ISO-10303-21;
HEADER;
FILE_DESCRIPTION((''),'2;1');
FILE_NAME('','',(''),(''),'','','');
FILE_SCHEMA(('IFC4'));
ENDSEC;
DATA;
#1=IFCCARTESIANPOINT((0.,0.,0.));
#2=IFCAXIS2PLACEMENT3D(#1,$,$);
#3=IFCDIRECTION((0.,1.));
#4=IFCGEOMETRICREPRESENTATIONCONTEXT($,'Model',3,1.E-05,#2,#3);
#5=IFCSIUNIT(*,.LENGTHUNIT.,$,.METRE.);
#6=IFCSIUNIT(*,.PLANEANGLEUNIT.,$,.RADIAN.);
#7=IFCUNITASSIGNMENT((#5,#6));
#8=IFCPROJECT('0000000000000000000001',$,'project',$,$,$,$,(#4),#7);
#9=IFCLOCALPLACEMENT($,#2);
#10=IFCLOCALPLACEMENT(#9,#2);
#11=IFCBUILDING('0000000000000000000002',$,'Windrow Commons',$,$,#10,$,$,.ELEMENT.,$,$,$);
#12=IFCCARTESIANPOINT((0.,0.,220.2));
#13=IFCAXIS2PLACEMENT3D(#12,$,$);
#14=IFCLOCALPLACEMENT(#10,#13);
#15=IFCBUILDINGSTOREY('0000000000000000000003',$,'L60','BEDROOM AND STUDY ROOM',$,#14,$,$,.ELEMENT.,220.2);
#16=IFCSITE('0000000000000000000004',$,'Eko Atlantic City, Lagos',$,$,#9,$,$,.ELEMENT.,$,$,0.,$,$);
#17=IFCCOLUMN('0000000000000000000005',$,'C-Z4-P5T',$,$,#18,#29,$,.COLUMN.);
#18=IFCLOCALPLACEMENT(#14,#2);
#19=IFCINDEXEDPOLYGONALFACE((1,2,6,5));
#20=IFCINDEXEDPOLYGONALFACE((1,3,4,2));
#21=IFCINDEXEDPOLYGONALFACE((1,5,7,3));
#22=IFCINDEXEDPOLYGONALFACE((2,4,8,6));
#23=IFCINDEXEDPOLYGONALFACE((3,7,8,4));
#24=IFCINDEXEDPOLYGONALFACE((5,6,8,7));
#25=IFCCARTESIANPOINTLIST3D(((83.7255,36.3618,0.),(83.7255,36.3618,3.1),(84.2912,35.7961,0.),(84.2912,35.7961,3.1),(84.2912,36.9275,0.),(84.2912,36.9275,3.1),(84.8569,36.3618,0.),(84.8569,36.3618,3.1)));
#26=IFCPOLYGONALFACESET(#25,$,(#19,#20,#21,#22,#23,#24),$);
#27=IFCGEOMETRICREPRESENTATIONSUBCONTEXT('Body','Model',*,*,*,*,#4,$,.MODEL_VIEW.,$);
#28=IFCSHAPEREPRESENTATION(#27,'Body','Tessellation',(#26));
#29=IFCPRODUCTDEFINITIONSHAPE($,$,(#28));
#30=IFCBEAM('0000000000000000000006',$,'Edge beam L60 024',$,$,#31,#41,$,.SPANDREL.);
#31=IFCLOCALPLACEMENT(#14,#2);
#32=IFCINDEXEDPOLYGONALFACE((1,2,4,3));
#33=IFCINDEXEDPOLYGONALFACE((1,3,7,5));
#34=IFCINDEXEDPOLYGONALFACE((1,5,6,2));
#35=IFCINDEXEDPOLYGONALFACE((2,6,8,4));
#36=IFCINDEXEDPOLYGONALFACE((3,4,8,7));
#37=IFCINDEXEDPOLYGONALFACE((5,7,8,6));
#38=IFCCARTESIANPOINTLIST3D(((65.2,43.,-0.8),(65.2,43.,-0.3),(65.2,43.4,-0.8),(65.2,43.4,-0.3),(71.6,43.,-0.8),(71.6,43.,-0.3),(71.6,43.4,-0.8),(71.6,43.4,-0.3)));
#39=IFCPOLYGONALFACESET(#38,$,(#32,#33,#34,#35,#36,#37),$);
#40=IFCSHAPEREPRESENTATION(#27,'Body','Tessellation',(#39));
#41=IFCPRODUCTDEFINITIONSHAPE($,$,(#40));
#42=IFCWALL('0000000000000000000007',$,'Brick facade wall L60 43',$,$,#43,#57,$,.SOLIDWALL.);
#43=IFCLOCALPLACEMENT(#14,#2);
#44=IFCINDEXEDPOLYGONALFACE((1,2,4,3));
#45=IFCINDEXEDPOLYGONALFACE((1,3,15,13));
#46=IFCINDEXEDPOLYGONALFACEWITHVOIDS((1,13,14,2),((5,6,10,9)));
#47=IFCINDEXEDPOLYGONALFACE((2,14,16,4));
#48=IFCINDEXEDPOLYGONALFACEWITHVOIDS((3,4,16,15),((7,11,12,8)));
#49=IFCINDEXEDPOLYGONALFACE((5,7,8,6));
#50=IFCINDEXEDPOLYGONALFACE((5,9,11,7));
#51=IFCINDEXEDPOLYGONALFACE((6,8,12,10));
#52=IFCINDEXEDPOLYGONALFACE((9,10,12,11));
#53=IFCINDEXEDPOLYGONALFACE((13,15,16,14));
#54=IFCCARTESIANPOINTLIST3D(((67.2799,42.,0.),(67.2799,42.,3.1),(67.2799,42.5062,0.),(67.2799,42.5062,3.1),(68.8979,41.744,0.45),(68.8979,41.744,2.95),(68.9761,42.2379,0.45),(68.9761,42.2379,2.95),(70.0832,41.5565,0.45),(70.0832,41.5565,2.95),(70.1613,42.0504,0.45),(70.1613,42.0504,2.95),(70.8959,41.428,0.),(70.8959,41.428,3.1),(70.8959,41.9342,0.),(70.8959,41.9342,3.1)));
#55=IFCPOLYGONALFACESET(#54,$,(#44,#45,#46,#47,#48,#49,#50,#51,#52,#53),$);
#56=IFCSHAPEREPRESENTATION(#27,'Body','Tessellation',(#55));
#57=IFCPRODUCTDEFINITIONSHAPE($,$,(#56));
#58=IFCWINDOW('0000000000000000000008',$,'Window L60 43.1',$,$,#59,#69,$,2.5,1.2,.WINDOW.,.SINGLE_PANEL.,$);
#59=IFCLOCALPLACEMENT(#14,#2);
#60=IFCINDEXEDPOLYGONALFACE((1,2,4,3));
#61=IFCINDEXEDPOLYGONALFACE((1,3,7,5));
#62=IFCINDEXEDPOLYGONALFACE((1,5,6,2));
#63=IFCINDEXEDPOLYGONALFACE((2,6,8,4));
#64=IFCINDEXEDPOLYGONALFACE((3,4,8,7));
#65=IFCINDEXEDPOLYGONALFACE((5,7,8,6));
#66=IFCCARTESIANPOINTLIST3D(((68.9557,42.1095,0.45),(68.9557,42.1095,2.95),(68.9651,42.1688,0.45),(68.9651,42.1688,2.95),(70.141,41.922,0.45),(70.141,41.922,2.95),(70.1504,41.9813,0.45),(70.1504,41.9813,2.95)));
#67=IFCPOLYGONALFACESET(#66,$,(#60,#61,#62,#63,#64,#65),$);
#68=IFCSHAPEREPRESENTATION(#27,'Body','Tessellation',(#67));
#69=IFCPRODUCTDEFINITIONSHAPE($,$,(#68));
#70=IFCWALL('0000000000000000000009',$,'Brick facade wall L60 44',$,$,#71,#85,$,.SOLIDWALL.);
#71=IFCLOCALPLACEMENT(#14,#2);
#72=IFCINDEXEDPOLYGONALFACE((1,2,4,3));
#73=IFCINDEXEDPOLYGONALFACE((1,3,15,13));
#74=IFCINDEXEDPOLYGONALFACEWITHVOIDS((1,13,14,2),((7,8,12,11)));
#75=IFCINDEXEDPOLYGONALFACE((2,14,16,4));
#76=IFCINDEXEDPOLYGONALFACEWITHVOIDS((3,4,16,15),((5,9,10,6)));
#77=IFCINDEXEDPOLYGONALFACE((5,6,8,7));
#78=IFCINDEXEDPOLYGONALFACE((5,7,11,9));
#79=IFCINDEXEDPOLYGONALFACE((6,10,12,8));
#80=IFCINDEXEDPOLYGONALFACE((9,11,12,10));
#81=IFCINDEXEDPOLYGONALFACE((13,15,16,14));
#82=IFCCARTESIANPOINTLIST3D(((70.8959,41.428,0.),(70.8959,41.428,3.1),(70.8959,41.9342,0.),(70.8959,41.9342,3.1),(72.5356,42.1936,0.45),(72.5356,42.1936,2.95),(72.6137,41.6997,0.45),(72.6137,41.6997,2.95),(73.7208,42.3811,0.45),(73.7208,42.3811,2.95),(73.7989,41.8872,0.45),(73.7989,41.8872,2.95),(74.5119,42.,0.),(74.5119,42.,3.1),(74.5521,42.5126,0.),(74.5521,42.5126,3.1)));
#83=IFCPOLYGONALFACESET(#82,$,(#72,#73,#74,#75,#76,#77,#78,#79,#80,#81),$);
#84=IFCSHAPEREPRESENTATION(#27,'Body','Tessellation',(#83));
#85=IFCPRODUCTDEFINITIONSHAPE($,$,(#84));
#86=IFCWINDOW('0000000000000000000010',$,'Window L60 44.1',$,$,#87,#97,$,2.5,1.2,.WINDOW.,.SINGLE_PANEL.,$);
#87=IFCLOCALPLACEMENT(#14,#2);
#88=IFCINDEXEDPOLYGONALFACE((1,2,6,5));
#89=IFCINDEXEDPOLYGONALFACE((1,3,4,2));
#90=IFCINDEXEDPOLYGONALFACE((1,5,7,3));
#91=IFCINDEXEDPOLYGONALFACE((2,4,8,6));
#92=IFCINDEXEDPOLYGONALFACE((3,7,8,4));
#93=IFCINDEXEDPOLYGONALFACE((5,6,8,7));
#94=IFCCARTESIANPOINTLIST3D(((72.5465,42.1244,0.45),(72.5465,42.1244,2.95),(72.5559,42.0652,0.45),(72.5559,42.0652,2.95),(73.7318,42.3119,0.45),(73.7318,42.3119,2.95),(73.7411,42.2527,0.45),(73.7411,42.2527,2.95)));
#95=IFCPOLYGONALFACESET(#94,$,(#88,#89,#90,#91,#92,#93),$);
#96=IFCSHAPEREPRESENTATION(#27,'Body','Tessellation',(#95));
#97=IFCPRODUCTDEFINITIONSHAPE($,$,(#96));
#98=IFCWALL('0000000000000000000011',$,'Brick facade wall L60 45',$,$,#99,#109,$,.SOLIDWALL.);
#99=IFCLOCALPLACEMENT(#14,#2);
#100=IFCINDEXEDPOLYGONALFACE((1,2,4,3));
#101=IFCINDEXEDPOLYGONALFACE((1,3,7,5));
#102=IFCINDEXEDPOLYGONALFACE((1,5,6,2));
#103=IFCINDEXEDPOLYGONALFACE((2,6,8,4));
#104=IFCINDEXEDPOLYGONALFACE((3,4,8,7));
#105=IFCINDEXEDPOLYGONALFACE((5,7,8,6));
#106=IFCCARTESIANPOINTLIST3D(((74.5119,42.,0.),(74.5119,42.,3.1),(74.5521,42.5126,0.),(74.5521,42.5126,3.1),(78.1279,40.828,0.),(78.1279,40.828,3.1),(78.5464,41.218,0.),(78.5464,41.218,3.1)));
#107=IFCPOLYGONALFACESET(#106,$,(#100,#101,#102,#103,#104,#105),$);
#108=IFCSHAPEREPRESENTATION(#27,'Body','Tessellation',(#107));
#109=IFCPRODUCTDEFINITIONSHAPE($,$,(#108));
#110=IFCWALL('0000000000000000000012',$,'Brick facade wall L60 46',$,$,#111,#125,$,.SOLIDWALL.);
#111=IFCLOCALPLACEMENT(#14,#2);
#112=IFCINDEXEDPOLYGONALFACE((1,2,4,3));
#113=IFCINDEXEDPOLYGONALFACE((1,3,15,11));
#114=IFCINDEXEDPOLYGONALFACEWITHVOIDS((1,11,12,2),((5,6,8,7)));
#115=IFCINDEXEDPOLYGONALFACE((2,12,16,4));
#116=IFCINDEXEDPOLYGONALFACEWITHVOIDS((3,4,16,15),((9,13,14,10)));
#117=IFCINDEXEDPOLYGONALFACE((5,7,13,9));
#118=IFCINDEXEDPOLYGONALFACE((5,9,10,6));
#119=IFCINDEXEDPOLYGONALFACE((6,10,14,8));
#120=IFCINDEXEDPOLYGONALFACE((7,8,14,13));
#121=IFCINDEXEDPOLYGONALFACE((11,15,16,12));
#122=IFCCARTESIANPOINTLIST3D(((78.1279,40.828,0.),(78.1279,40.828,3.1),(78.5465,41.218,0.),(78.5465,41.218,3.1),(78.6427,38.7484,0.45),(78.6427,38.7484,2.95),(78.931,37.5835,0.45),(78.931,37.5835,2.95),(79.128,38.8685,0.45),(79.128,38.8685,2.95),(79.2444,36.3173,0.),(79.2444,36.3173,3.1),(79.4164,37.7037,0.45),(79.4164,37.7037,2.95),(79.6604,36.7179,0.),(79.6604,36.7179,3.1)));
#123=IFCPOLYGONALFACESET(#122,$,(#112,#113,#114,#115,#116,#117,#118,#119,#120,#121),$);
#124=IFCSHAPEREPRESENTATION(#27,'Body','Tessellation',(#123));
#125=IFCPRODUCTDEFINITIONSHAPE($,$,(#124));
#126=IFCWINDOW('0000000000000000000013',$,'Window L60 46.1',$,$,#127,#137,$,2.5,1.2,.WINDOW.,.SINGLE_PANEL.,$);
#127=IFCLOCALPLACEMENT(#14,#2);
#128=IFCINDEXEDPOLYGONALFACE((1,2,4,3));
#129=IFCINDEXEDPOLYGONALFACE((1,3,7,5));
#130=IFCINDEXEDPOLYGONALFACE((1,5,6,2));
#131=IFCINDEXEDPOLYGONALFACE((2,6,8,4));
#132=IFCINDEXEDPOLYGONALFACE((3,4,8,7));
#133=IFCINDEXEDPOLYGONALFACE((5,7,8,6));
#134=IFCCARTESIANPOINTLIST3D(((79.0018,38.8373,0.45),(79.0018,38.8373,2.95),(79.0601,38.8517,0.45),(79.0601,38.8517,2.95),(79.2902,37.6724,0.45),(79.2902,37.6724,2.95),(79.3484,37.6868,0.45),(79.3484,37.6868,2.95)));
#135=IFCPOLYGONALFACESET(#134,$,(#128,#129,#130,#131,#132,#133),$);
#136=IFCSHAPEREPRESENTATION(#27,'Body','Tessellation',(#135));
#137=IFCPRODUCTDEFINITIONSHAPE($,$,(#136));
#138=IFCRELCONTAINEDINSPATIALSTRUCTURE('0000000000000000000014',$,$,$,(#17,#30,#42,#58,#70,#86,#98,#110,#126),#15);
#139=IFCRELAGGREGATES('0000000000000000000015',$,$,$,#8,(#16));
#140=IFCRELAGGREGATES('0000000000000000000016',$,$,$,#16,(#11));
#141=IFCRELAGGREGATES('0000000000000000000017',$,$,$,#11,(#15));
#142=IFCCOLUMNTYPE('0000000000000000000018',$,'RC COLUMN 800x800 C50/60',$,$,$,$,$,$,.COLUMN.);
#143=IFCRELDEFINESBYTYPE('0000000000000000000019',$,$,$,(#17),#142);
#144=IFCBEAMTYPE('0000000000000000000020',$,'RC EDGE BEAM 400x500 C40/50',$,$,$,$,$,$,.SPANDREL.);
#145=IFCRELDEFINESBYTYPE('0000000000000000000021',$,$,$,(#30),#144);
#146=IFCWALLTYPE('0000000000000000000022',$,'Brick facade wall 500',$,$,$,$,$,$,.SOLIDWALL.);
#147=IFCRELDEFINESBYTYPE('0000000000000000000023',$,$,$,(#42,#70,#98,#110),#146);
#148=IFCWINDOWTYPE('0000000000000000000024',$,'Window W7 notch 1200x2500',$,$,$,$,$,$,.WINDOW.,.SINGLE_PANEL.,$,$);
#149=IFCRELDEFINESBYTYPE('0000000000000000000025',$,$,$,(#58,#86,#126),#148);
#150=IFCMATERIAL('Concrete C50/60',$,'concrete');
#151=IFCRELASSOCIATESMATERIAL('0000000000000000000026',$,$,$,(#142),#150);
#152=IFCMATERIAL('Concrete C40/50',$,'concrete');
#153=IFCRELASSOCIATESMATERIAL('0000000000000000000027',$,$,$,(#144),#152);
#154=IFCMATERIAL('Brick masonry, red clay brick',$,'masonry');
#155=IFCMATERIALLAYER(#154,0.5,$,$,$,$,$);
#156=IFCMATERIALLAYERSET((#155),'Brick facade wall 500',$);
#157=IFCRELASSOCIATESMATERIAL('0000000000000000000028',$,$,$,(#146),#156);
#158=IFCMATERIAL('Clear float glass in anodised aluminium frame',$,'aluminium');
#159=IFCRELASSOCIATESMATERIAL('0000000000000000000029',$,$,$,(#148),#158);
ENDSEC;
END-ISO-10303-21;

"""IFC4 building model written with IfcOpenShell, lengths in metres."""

from ifc_helpers import new_model, si_unit, direction, frame, frame_2d, origin, origin_2d, place, context, subcontext, project, spatial, polyline, rectangle, outline, extrude, material, layer, layer_set, material_profile, profile_set, type_object, element, fill, save


model = new_model("IFC4")

# Units and contexts
model_context = context("Model", 3, precision=1e-05, world=origin(), true_north=direction((0.0, 1.0)))
body_context = subcontext(model_context, "Body", "Model", "MODEL_VIEW")
ifc_project = project(units=[si_unit("LENGTHUNIT", "METRE"), si_unit("PLANEANGLEUNIT", "RADIAN")], contexts=[model_context])

# Site, building, storey
site_placement = place(None, origin())
site = spatial("IfcSite", under=ifc_project, at=site_placement, Name="Eko Atlantic City, Lagos", CompositionType="ELEMENT", RefElevation=0.0)
building_placement = place(site_placement, origin())
building = spatial("IfcBuilding", under=site, at=building_placement, Name="Windrow Commons", CompositionType="ELEMENT")
storey_placement = place(building_placement, frame((0.0, 0.0, 220.2)))
storey = spatial("IfcBuildingStorey", under=building, at=storey_placement, Name="L60", Description="BEDROOM AND STUDY ROOM", CompositionType="ELEMENT", Elevation=220.2)

# Column
ifc_material_1 = material(Name="Concrete C50/60", Category="concrete")
ifc_material_profile_1 = material_profile(ifc_material_1, rectangle(XDim=0.8, YDim=0.8, at=origin_2d()))
ifc_profile_set_1 = profile_set([ifc_material_profile_1], Name="Concrete C50/60")
column_type = type_object("IfcColumnType", Name="RC COLUMN 800x800 C50/60", PredefinedType="COLUMN", material=ifc_profile_set_1)
column_placement = place(storey_placement, frame((84.2912, 36.3618, 0.0), z_axis=(0.0, 0.0, 1.0), x_axis=(0.707107, -0.707107, 0.0)))
element("IfcColumn", 1, at=column_placement, inside=storey, type_object=column_type, Name="C-Z4-P5T", PredefinedType="COLUMN", context=body_context, shape_type="SweptSolid", body=[
    extrude(rectangle(XDim=0.8, YDim=0.8, at=origin_2d()), origin(), (0.0, 0.0, 1.0), 3.1),
])

# Beam
ifc_material_2 = material(Name="Concrete C40/50", Category="concrete")
ifc_material_profile_2 = material_profile(ifc_material_2, rectangle(XDim=0.4, YDim=0.5, at=origin_2d()))
ifc_profile_set_2 = profile_set([ifc_material_profile_2], Name="Concrete C40/50")
beam_type = type_object("IfcBeamType", Name="RC EDGE BEAM 400x500 C40/50", PredefinedType="SPANDREL", material=ifc_profile_set_2)
beam_placement = place(storey_placement, frame((71.6, 43.2, -0.55), z_axis=(-1.0, 0.0, 0.0), x_axis=(0.0, -1.0, 0.0)))
element("IfcBeam", 2, at=beam_placement, inside=storey, type_object=beam_type, Name="Edge beam L60 024", PredefinedType="SPANDREL", context=body_context, shape_type="SweptSolid", body=[
    extrude(rectangle(XDim=0.4, YDim=0.5, at=origin_2d()), origin(), (0.0, 0.0, 1.0), 6.4),
])

# Walls, openings, windows
ifc_material_3 = material(Name="Brick masonry, red clay brick", Category="masonry")
ifc_layer_1 = layer(ifc_material_3, 0.5)
ifc_layer_set_1 = layer_set([ifc_layer_1], Name="Brick facade wall 500")
wall_type_1 = type_object("IfcWallType", Name="Brick facade wall 500", PredefinedType="SOLIDWALL", material=ifc_layer_set_1)
wall_1_placement = place(storey_placement, frame((67.2799, 42.2531, 0.0), z_axis=(0.0, 0.0, 1.0), x_axis=(0.987719, -0.156243, 0.0)))
wall_1 = element("IfcWall", 3, at=wall_1_placement, inside=storey, type_object=wall_type_1, Name="Brick facade wall L60 43", PredefinedType="SOLIDWALL", context=body_context, shape_type="SweptSolid", body=[
    extrude(outline(polyline([(0.0395, -0.25), (3.7005, -0.25), (3.6214, 0.25), (-0.0395, 0.25), (0.0395, -0.25)])), origin(), (0.0, 0.0, 1.0), 3.1),
])
opening_1_placement = place(wall_1_placement, frame((1.6777, 0.0, 0.45)))
opening_1 = element("IfcOpeningElement", 4, at=opening_1_placement, cuts=wall_1, PredefinedType="OPENING", context=body_context, shape_type="SweptSolid", body=[
    extrude(rectangle(XDim=1.2, YDim=2.5, at=frame_2d((0.6, 1.25))), frame((0.0, 0.26, 0.0), z_axis=(0.0, -1.0, 0.0), x_axis=(1.0, 0.0, 0.0)), (0.0, 0.0, 1.0), 0.52),
])
ifc_material_4 = material(Name="Clear float glass in anodised aluminium frame", Category="aluminium")
window_type_1 = type_object("IfcWindowType", Name="Window W7 notch 1200x2500", PartitioningType="SINGLE_PANEL", PredefinedType="WINDOW", material=ifc_material_4)
window_1_placement = place(opening_1_placement, origin())
window_1 = element("IfcWindow", 5, at=window_1_placement, inside=storey, type_object=window_type_1, Name="Window L60 43.1", OverallHeight=2.5, OverallWidth=1.2, PartitioningType="SINGLE_PANEL", PredefinedType="WINDOW", context=body_context, shape_type="SweptSolid", body=[
    extrude(rectangle(XDim=1.2, YDim=2.5, at=frame_2d((0.6, 1.25))), frame((0.0, 0.18, 0.0), z_axis=(0.0, -1.0, 0.0), x_axis=(1.0, 0.0, 0.0)), (0.0, 0.0, 1.0), 0.06),
])
fill(opening_1, window_1)
wall_2_placement = place(storey_placement, frame((70.8959, 41.6811, 0.0), z_axis=(0.0, 0.0, 1.0), x_axis=(0.987718, 0.156249, 0.0)))
wall_2 = element("IfcWall", 6, at=wall_2_placement, inside=storey, type_object=wall_type_1, Name="Brick facade wall L60 44", PredefinedType="SOLIDWALL", context=body_context, shape_type="SweptSolid", body=[
    extrude(outline(polyline([(-0.0395, -0.25), (3.6214, -0.25), (3.7412, 0.25), (0.0395, 0.25), (-0.0395, -0.25)])), origin(), (0.0, 0.0, 1.0), 3.1),
])
opening_2_placement = place(wall_2_placement, frame((1.6996, 0.0, 0.45)))
opening_2 = element("IfcOpeningElement", 7, at=opening_2_placement, cuts=wall_2, PredefinedType="OPENING", context=body_context, shape_type="SweptSolid", body=[
    extrude(rectangle(XDim=1.2, YDim=2.5, at=frame_2d((0.6, 1.25))), frame((0.0, 0.26, 0.0), z_axis=(0.0, -1.0, 0.0), x_axis=(1.0, 0.0, 0.0)), (0.0, 0.0, 1.0), 0.52),
])
window_2_placement = place(opening_2_placement, origin())
window_2 = element("IfcWindow", 8, at=window_2_placement, inside=storey, type_object=window_type_1, Name="Window L60 44.1", OverallHeight=2.5, OverallWidth=1.2, PartitioningType="SINGLE_PANEL", PredefinedType="WINDOW", context=body_context, shape_type="SweptSolid", body=[
    extrude(rectangle(XDim=1.2, YDim=2.5, at=frame_2d((0.6, 1.25))), frame((0.0, 0.18, 0.0), z_axis=(0.0, -1.0, 0.0), x_axis=(1.0, 0.0, 0.0)), (0.0, 0.0, 1.0), 0.06),
])
fill(opening_2, window_2)

# Wall
wall_3_placement = place(storey_placement, frame((74.532, 42.2563, 0.0), z_axis=(0.0, 0.0, 1.0), x_axis=(0.951283, -0.308319, 0.0)))
element("IfcWall", 9, at=wall_3_placement, inside=storey, type_object=wall_type_1, Name="Brick facade wall L60 45", PredefinedType="SOLIDWALL", context=body_context, shape_type="SweptSolid", body=[
    extrude(outline(polyline([(0.0599, -0.25), (3.8611, -0.25), (4.139, 0.25), (-0.0599, 0.25), (0.0599, -0.25)])), origin(), (0.0, 0.0, 1.0), 3.1),
])

# Wall, opening, window
wall_4_placement = place(storey_placement, frame((78.3372, 41.023, 0.0), z_axis=(0.0, 0.0, 1.0), x_axis=(0.240274, -0.970705, 0.0)))
wall_4 = element("IfcWall", 10, at=wall_4_placement, inside=storey, type_object=wall_type_1, Name="Brick facade wall L60 46", PredefinedType="SOLIDWALL", context=body_context, shape_type="SweptSolid", body=[
    extrude(outline(polyline([(0.139, -0.25), (4.7858, -0.25), (4.4969, 0.25), (-0.139, 0.25), (0.139, -0.25)])), origin(), (0.0, 0.0, 1.0), 3.1),
])
opening_3_placement = place(wall_4_placement, frame((2.2814, 0.0, 0.45)))
opening_3 = element("IfcOpeningElement", 11, at=opening_3_placement, cuts=wall_4, PredefinedType="OPENING", context=body_context, shape_type="SweptSolid", body=[
    extrude(rectangle(XDim=1.2, YDim=2.5, at=frame_2d((0.6, 1.25))), frame((0.0, 0.26, 0.0), z_axis=(0.0, -1.0, 0.0), x_axis=(1.0, 0.0, 0.0)), (0.0, 0.0, 1.0), 0.52),
])
window_3_placement = place(opening_3_placement, origin())
window_3 = element("IfcWindow", 12, at=window_3_placement, inside=storey, type_object=window_type_1, Name="Window L60 46.1", OverallHeight=2.5, OverallWidth=1.2, PartitioningType="SINGLE_PANEL", PredefinedType="WINDOW", context=body_context, shape_type="SweptSolid", body=[
    extrude(rectangle(XDim=1.2, YDim=2.5, at=frame_2d((0.6, 1.25))), frame((0.0, 0.18, 0.0), z_axis=(0.0, -1.0, 0.0), x_axis=(1.0, 0.0, 0.0)), (0.0, 0.0, 1.0), 0.06),
])
fill(opening_3, window_3)

save(model, "model.ifc")
